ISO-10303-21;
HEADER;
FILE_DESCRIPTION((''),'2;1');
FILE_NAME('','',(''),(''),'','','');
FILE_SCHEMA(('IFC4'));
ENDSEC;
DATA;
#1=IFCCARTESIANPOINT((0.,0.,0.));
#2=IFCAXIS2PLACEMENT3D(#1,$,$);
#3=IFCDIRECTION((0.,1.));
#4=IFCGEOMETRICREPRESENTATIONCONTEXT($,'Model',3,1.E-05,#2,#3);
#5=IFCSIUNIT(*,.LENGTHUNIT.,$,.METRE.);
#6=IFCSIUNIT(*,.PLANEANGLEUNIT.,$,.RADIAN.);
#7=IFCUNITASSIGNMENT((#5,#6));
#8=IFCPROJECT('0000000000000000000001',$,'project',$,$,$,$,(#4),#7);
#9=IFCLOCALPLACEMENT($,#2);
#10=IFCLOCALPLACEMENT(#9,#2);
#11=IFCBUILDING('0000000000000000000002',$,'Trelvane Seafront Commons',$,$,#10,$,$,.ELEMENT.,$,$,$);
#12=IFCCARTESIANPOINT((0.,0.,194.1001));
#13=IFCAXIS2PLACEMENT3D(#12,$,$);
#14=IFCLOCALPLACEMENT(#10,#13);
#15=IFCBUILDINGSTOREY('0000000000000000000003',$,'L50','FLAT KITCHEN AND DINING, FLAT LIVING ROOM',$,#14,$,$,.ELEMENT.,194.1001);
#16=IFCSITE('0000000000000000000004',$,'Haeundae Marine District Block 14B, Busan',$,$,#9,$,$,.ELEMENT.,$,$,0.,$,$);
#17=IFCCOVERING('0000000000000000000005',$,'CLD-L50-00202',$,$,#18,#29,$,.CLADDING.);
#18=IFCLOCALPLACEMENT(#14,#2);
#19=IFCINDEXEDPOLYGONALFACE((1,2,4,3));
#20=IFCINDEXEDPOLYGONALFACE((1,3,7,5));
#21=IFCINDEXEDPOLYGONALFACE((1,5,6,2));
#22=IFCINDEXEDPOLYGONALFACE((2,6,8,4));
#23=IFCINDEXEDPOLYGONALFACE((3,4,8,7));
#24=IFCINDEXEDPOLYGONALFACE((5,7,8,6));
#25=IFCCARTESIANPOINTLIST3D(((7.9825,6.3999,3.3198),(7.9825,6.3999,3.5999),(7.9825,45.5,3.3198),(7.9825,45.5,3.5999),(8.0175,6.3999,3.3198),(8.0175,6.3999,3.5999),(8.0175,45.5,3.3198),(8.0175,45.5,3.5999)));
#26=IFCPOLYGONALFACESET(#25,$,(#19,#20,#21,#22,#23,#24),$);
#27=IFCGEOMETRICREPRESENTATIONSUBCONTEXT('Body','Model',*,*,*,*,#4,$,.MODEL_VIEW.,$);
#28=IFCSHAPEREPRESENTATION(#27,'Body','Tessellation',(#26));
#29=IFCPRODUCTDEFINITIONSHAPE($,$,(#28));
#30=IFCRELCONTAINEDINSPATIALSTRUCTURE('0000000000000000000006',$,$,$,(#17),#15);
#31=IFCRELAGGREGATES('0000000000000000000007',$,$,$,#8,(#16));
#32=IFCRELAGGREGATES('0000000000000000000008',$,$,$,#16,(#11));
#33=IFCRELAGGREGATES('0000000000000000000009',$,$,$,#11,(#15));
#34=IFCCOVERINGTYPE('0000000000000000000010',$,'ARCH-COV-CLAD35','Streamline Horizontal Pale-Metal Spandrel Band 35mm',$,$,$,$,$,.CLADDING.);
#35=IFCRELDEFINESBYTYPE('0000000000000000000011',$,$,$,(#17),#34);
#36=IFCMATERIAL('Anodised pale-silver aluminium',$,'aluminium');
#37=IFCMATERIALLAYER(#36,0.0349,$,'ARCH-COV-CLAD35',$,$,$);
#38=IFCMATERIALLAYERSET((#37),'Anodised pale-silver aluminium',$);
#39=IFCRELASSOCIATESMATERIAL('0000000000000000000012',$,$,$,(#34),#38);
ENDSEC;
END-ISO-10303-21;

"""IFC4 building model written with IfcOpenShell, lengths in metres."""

from ifc_helpers import new_model, si_unit, direction, frame, origin, origin_2d, place, context, subcontext, project, spatial, rectangle, extrude, source, transform, mapped, material, layer, layer_set, type_object, element, save


model = new_model("IFC4")

# Units and contexts
model_context = context("Model", 3, precision=1e-05, world=origin(), true_north=direction((0.0, 1.0)))
body_context = subcontext(model_context, "Body", "Model", "MODEL_VIEW")
ifc_project = project(units=[si_unit("LENGTHUNIT", "METRE"), si_unit("PLANEANGLEUNIT", "RADIAN")], contexts=[model_context])

# Site, building, storey
site_placement = place(None, origin())
site = spatial("IfcSite", under=ifc_project, at=site_placement, Name="Haeundae Marine District Block 14B, Busan", CompositionType="ELEMENT", RefElevation=0.0)
building_placement = place(site_placement, origin())
building = spatial("IfcBuilding", under=site, at=building_placement, Name="Trelvane Seafront Commons", CompositionType="ELEMENT")
storey_placement = place(building_placement, frame((0.0, 0.0, 194.1001)))
storey = spatial("IfcBuildingStorey", under=building, at=storey_placement, Name="L50", Description="FLAT KITCHEN AND DINING, FLAT LIVING ROOM", CompositionType="ELEMENT", Elevation=194.1001)

# Shared definitions
ifc_material_1 = material(Name="Anodised pale-silver aluminium", Category="aluminium")

# Covering
ifc_layer_1 = layer(ifc_material_1, 0.0349, Name="ARCH-COV-CLAD35")
ifc_layer_set_1 = layer_set([ifc_layer_1], Name="Anodised pale-silver aluminium")
covering_type = type_object("IfcCoveringType", Name="ARCH-COV-CLAD35", Description="Streamline Horizontal Pale-Metal Spandrel Band 35mm", PredefinedType="CLADDING", material=ifc_layer_set_1)
shared_shape_1 = source(origin(), body_context, "Body", "SweptSolid", [
    extrude(rectangle(XDim=39.1001, YDim=0.0349, at=origin_2d()), origin(), (0.0, 0.0, 1.0), 0.28),
])
covering_placement = place(storey_placement, frame((8.0, 25.95, 3.3198), z_axis=(0.0, 0.0, 1.0), x_axis=(0.0, 1.0, 0.0)))
element("IfcCovering", 1, at=covering_placement, inside=storey, type_object=covering_type, Name="CLD-L50-00202", PredefinedType="CLADDING", context=body_context, shape_type="MappedRepresentation", body=[
    mapped(shared_shape_1, transform((0.0, 0.0, 0.0), x_axis=(1.0, 0.0, 0.0), y_axis=(0.0, 1.0, 0.0), z_axis=(0.0, 0.0, 1.0), scale=1.0)),
])

save(model, "model.ifc")
